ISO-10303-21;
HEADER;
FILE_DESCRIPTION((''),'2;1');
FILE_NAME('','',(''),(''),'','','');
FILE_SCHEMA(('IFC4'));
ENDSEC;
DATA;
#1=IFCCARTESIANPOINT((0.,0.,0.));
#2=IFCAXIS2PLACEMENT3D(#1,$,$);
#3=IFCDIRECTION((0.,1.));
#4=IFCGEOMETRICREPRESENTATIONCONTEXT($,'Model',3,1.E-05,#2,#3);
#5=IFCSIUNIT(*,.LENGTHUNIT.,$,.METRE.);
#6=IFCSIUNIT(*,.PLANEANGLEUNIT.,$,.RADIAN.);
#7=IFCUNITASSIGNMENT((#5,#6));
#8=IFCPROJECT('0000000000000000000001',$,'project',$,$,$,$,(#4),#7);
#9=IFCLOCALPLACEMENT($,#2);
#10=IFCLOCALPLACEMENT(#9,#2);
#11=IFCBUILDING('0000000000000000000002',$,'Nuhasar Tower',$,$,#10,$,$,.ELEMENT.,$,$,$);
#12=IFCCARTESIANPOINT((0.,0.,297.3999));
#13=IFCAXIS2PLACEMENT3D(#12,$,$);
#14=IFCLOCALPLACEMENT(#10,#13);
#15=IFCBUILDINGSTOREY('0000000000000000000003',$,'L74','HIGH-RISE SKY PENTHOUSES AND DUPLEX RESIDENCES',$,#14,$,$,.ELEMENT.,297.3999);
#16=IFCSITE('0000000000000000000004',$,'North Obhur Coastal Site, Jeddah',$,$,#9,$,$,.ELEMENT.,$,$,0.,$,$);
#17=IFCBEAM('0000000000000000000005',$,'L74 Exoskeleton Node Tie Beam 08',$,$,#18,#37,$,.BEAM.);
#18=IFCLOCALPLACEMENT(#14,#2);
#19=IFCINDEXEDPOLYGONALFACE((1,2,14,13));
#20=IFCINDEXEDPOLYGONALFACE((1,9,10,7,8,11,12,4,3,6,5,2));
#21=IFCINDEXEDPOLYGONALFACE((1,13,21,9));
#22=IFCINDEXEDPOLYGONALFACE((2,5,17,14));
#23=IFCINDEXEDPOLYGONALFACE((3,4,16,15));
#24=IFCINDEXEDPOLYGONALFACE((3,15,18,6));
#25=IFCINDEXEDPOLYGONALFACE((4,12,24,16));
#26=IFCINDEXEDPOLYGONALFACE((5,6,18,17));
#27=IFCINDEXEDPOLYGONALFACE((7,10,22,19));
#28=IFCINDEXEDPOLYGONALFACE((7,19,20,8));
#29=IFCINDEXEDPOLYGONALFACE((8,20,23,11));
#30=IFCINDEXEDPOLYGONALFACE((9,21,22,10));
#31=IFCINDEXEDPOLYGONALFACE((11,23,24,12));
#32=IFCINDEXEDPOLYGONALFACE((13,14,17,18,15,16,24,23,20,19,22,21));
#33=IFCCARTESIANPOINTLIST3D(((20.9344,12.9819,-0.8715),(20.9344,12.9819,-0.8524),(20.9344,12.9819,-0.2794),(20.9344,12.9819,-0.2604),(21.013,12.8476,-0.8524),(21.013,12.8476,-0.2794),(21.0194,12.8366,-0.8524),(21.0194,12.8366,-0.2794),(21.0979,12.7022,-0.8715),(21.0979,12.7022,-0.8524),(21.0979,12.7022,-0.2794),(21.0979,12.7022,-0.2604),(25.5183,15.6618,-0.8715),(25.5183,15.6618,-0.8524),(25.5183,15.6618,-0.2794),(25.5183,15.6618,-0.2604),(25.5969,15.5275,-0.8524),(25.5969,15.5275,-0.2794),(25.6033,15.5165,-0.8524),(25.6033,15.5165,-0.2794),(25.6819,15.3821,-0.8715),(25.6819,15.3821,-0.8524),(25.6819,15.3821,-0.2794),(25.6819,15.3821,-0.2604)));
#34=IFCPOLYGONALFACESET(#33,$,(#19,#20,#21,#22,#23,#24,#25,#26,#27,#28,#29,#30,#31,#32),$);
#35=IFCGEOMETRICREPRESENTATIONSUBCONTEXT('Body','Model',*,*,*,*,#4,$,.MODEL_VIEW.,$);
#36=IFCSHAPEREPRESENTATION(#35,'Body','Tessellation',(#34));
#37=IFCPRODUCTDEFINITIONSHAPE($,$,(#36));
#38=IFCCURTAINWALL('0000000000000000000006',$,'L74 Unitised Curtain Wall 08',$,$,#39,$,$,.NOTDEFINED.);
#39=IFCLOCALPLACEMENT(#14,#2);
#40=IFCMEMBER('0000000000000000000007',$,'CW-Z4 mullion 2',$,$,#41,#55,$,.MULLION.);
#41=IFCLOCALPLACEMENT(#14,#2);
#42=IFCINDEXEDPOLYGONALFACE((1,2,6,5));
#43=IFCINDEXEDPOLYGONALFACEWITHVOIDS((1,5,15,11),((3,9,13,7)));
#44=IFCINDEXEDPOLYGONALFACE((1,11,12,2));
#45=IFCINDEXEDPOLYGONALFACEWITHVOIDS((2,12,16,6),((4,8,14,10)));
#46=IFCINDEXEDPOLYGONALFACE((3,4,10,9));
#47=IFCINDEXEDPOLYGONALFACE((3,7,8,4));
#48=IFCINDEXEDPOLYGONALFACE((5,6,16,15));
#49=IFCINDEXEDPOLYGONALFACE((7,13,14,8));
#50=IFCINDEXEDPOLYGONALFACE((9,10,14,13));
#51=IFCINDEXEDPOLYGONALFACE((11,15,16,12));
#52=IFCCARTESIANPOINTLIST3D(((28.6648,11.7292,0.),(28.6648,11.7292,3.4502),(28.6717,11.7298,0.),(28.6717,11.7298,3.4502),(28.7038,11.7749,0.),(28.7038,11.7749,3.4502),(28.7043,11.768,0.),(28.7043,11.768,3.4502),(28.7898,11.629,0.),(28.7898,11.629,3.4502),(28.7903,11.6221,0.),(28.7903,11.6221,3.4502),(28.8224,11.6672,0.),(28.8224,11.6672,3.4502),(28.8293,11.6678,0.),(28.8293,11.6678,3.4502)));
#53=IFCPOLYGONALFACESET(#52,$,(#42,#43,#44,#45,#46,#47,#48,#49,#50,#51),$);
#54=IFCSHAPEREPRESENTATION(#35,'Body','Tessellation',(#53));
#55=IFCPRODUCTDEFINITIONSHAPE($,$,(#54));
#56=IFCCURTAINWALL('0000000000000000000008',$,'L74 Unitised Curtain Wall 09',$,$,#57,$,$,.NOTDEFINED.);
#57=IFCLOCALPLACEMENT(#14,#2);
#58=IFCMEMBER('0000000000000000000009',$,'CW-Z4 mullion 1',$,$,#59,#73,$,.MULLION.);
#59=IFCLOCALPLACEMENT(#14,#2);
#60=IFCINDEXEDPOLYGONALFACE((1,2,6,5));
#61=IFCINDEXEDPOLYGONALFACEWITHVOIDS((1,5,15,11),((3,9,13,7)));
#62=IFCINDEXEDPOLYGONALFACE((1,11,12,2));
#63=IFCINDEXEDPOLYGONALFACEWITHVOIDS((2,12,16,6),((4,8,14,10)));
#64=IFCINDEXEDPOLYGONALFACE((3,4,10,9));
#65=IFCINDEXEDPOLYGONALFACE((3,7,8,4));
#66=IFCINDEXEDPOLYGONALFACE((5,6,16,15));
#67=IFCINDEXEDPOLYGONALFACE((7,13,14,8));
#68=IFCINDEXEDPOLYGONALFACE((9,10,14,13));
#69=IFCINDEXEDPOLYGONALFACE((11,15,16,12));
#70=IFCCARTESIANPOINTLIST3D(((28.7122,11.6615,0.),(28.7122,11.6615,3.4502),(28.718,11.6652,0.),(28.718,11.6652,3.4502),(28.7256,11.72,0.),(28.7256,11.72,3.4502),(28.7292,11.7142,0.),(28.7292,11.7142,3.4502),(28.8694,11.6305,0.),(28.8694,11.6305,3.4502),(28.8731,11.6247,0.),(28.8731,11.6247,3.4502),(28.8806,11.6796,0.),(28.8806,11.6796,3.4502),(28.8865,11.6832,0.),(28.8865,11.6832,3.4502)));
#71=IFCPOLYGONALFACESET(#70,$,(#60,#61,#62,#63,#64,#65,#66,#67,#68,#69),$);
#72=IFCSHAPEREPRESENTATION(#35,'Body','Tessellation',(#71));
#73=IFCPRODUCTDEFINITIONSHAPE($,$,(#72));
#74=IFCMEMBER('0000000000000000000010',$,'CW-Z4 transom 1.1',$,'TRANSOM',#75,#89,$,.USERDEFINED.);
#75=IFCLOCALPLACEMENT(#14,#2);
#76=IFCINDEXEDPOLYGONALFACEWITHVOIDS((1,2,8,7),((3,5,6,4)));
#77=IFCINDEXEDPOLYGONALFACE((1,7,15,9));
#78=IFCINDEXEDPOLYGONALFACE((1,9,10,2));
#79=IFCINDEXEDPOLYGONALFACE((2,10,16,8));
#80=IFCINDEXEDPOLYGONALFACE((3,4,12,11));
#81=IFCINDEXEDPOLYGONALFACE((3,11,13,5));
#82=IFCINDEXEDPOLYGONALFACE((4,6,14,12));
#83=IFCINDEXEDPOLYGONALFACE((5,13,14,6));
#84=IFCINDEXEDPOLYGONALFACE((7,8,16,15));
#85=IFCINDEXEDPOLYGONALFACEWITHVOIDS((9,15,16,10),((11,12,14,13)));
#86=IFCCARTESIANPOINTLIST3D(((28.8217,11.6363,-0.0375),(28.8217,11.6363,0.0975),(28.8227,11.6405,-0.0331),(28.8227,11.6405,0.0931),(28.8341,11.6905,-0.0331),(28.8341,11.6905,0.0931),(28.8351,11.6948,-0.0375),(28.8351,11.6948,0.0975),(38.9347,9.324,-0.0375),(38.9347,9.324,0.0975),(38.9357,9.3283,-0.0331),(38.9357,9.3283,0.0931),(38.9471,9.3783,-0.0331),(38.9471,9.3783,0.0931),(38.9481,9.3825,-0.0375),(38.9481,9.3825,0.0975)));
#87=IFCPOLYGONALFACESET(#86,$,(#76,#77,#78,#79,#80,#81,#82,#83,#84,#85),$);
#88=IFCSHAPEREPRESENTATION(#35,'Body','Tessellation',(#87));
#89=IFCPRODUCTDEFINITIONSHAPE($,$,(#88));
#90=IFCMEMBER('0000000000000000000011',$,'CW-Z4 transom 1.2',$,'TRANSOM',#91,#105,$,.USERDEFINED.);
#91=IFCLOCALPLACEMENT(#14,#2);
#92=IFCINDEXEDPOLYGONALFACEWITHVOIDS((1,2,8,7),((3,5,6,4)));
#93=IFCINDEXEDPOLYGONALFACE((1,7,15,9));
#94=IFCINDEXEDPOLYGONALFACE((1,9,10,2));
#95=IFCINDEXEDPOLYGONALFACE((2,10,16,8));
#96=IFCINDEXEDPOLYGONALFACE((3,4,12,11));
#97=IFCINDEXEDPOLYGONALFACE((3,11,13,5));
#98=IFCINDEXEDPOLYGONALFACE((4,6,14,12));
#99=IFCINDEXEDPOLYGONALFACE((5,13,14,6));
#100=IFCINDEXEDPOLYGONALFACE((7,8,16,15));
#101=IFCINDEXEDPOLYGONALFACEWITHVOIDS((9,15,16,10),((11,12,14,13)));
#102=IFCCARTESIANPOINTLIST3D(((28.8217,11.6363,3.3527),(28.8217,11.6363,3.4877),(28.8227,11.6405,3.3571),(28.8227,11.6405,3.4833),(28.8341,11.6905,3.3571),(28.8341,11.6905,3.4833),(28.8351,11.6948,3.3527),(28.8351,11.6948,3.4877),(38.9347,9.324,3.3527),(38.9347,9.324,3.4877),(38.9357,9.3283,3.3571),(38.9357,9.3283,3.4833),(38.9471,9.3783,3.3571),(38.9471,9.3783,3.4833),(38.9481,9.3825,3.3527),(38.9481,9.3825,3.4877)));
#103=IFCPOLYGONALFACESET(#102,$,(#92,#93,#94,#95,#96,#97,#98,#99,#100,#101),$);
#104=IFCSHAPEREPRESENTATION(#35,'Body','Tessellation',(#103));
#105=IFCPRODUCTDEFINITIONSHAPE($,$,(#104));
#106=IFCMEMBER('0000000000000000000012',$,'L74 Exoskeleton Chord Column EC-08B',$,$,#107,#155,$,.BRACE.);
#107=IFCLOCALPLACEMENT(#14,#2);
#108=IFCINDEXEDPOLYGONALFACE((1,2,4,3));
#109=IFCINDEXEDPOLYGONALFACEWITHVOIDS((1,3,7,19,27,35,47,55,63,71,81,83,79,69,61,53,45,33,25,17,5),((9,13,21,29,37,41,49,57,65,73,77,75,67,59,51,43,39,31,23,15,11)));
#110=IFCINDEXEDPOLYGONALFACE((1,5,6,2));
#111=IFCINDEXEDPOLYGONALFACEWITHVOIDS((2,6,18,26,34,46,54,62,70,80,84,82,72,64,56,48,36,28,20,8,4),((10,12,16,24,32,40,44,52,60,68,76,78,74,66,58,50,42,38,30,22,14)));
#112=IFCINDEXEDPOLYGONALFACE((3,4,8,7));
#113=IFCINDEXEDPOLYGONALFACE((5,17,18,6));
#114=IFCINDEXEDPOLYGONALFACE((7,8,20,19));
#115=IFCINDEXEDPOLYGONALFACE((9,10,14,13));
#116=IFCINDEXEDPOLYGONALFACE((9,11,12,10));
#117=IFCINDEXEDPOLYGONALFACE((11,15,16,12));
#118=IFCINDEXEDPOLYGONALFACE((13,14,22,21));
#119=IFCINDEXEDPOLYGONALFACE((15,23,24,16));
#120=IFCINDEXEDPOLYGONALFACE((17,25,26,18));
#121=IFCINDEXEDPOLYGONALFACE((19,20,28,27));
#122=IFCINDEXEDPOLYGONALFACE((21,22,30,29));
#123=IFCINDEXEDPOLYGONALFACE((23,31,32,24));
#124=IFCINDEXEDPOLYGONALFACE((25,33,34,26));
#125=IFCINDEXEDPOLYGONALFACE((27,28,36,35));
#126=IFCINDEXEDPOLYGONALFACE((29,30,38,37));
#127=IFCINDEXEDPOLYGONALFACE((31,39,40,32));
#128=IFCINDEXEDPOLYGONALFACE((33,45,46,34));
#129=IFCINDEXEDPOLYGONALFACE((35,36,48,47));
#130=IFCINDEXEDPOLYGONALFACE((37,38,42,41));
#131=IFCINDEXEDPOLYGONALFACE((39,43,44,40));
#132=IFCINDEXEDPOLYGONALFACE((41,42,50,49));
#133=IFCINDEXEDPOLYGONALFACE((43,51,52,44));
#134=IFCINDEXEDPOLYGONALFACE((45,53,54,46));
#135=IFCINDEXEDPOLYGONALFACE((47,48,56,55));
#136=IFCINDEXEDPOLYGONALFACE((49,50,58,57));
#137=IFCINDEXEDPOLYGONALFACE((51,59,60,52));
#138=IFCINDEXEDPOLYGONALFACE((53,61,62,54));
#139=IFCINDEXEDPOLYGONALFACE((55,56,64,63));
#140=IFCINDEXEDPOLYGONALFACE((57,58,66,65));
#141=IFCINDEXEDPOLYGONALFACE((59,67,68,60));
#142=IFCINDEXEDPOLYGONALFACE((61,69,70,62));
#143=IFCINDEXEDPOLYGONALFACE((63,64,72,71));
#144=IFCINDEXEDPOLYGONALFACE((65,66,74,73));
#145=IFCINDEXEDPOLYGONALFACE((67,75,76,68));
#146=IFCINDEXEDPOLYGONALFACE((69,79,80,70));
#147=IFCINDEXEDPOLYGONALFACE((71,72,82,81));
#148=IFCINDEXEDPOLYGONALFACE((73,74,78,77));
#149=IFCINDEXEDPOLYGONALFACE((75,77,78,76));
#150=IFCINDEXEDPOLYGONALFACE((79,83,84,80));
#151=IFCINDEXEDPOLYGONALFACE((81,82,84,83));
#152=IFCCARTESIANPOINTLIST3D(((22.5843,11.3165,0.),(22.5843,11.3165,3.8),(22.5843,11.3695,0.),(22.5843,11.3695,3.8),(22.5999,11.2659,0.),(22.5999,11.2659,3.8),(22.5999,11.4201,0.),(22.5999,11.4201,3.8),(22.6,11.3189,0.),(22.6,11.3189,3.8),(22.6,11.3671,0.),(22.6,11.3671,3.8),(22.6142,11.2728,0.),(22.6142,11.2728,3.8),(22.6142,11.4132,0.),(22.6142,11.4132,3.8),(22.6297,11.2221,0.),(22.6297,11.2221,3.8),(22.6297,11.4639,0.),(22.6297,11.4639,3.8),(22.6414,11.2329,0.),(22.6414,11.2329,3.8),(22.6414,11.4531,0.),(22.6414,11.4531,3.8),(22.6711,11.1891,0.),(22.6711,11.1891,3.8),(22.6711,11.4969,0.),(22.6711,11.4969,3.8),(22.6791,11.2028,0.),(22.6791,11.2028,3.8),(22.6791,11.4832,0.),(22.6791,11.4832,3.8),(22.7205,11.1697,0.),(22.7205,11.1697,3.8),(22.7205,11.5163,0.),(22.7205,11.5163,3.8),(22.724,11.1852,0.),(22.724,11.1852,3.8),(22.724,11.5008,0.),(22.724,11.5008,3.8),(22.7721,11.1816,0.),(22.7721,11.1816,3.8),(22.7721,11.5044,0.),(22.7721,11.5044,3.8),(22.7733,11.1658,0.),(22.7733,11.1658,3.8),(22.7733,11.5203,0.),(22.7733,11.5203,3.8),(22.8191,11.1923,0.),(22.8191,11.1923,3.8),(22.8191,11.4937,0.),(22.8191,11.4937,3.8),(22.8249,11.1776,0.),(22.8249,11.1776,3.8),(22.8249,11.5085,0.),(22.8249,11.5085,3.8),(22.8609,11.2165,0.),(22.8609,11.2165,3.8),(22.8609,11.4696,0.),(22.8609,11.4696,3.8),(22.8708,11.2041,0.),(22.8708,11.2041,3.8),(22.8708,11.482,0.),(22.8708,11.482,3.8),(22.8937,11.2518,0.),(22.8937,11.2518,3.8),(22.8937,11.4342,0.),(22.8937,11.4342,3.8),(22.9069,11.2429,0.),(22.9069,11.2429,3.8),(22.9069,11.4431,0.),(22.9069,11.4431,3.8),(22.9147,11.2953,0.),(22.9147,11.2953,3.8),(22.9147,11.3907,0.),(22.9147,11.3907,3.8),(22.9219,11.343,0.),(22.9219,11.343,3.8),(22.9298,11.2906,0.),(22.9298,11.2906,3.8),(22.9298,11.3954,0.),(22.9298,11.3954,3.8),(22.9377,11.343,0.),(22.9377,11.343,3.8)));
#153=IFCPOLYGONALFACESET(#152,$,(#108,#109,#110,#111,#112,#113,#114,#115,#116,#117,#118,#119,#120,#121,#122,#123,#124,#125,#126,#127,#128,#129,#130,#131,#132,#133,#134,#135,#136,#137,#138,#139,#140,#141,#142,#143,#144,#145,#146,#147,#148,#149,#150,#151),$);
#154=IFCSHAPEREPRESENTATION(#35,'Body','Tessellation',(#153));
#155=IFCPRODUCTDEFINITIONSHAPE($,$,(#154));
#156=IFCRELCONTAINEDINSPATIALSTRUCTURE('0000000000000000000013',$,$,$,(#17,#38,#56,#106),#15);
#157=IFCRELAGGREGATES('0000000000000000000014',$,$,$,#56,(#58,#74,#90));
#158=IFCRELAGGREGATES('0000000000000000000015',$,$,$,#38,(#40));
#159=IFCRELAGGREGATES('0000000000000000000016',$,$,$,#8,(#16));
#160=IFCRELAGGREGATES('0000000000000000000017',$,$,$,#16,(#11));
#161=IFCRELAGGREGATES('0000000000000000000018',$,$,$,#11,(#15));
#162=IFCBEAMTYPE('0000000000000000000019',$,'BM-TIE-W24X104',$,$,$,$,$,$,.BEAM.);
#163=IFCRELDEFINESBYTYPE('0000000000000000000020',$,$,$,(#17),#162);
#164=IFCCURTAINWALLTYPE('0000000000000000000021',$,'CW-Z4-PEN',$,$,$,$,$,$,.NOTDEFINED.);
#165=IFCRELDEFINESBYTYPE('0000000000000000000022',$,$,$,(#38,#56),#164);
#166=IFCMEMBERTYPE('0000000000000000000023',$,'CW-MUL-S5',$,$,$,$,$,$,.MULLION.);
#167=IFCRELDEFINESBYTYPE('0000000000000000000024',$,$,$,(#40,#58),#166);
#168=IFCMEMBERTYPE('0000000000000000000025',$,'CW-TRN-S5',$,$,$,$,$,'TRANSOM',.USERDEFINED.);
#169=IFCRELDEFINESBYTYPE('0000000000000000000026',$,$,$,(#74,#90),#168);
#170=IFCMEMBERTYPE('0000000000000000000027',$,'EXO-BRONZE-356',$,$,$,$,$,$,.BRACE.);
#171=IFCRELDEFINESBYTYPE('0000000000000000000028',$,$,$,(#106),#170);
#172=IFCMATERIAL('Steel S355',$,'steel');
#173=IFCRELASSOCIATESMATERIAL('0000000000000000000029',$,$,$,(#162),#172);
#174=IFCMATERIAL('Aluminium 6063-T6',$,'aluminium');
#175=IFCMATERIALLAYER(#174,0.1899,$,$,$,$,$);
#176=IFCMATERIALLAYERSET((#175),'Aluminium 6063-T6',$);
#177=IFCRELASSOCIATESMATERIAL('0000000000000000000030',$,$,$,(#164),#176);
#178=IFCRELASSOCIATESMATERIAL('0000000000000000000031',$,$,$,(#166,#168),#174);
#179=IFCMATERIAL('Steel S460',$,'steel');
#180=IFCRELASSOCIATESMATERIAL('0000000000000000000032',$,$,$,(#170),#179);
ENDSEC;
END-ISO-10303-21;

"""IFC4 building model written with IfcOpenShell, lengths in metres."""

from ifc_helpers import new_model, si_unit, direction, frame, origin, origin_2d, place, context, subcontext, project, spatial, hollow_rectangle, hollow_circle, i_section, extrude, material, layer, layer_set, material_profile, profile_set, type_object, element, aggregate, save


model = new_model("IFC4")

# Units and contexts
model_context = context("Model", 3, precision=1e-05, world=origin(), true_north=direction((0.0, 1.0)))
body_context = subcontext(model_context, "Body", "Model", "MODEL_VIEW")
ifc_project = project(units=[si_unit("LENGTHUNIT", "METRE"), si_unit("PLANEANGLEUNIT", "RADIAN")], contexts=[model_context])

# Site, building, storey
site_placement = place(None, origin())
site = spatial("IfcSite", under=ifc_project, at=site_placement, Name="North Obhur Coastal Site, Jeddah", CompositionType="ELEMENT", RefElevation=0.0)
building_placement = place(site_placement, origin())
building = spatial("IfcBuilding", under=site, at=building_placement, Name="Nuhasar Tower", CompositionType="ELEMENT")
storey_placement = place(building_placement, frame((0.0, 0.0, 297.3999)))
storey = spatial("IfcBuildingStorey", under=building, at=storey_placement, Name="L74", Description="HIGH-RISE SKY PENTHOUSES AND DUPLEX RESIDENCES", CompositionType="ELEMENT", Elevation=297.3999)

# Beam
ifc_material_1 = material(Name="Steel S355", Category="steel")
ifc_material_profile_1 = material_profile(ifc_material_1, i_section(OverallWidth=0.324, OverallDepth=0.6111, WebThickness=0.0127, FlangeThickness=0.019, at=origin_2d()), Name="W24X104")
ifc_profile_set_1 = profile_set([ifc_material_profile_1], Name="Steel S355")
beam_type_1 = type_object("IfcBeamType", Name="BM-TIE-W24X104", PredefinedType="BEAM", material=ifc_profile_set_1)
beam_1_placement = place(storey_placement, frame((25.6001, 15.522, -0.5659), z_axis=(-0.863292, -0.504706, 0.0), x_axis=(0.504706, -0.863292, 0.0)))
element("IfcBeam", 1, at=beam_1_placement, inside=storey, type_object=beam_type_1, Name="L74 Exoskeleton Node Tie Beam 08", PredefinedType="BEAM", context=body_context, shape_type="SweptSolid", body=[
    extrude(i_section(OverallWidth=0.324, OverallDepth=0.6111, WebThickness=0.0127, FlangeThickness=0.019, at=origin_2d()), origin(), (0.0, 0.0, 1.0), 5.3098),
])

# Curtain wall, member
ifc_material_2 = material(Name="Aluminium 6063-T6", Category="aluminium")
ifc_layer_1 = layer(ifc_material_2, 0.1899)
ifc_layer_set_1 = layer_set([ifc_layer_1], Name="Aluminium 6063-T6")
curtain_wall_type = type_object("IfcCurtainWallType", Name="CW-Z4-PEN", PredefinedType="NOTDEFINED", material=ifc_layer_set_1)
curtain_wall_1_placement = place(storey_placement, origin())
curtain_wall_1 = element("IfcCurtainWall", 2, at=curtain_wall_1_placement, inside=storey, type_object=curtain_wall_type, Name="L74 Unitised Curtain Wall 08", PredefinedType="NOTDEFINED")
ifc_material_profile_2 = material_profile(ifc_material_2, hollow_rectangle(XDim=0.0601, YDim=0.165, WallThickness=0.0049, at=origin_2d()), Name="CWM-5")
ifc_profile_set_2 = profile_set([ifc_material_profile_2], Name="Aluminium 6063-T6")
member_type_1 = type_object("IfcMemberType", Name="CW-MUL-S5", PredefinedType="MULLION", material=ifc_profile_set_2)
member_1_placement = place(storey_placement, frame((28.7471, 11.6985, 0.0), z_axis=(0.0, 0.0, 1.0), x_axis=(0.649142, 0.760667, 0.0)))
member_1 = element("IfcMember", 3, at=member_1_placement, type_object=member_type_1, Name="CW-Z4 mullion 2", PredefinedType="MULLION", context=body_context, shape_type="SweptSolid", body=[
    extrude(hollow_rectangle(XDim=0.0601, YDim=0.165, WallThickness=0.0049, at=origin_2d()), origin(), (0.0, 0.0, 1.0), 3.4502),
])

# Curtain wall, members
curtain_wall_2_placement = place(storey_placement, origin())
curtain_wall_2 = element("IfcCurtainWall", 4, at=curtain_wall_2_placement, inside=storey, type_object=curtain_wall_type, Name="L74 Unitised Curtain Wall 09", PredefinedType="NOTDEFINED")
member_2_placement = place(storey_placement, frame((28.7993, 11.6724, 0.0), z_axis=(0.0, 0.0, 1.0), x_axis=(0.222889, 0.974844, 0.0)))
member_2 = element("IfcMember", 5, at=member_2_placement, type_object=member_type_1, Name="CW-Z4 mullion 1", PredefinedType="MULLION", context=body_context, shape_type="SweptSolid", body=[
    extrude(hollow_rectangle(XDim=0.0601, YDim=0.165, WallThickness=0.0049, at=origin_2d()), origin(), (0.0, 0.0, 1.0), 3.4502),
])
ifc_material_profile_3 = material_profile(ifc_material_2, hollow_rectangle(XDim=0.0601, YDim=0.135, WallThickness=0.0044, at=origin_2d()), Name="CWT-5")
ifc_profile_set_3 = profile_set([ifc_material_profile_3], Name="Aluminium 6063-T6")
member_type_2 = type_object("IfcMemberType", Name="CW-TRN-S5", ElementType="TRANSOM", PredefinedType="USERDEFINED", material=ifc_profile_set_3)
member_3_placement = place(storey_placement, frame((28.8284, 11.6655, 0.03), z_axis=(0.974844, -0.222889, 0.0), x_axis=(0.222889, 0.974844, 0.0)))
member_3 = element("IfcMember", 6, at=member_3_placement, type_object=member_type_2, Name="CW-Z4 transom 1.1", ObjectType="TRANSOM", PredefinedType="USERDEFINED", context=body_context, shape_type="SweptSolid", body=[
    extrude(hollow_rectangle(XDim=0.0601, YDim=0.135, WallThickness=0.0044, at=origin_2d()), origin(), (0.0, 0.0, 1.0), 10.374),
])
member_4_placement = place(storey_placement, frame((28.8284, 11.6655, 3.4202), z_axis=(0.974844, -0.222889, 0.0), x_axis=(0.222889, 0.974844, 0.0)))
member_4 = element("IfcMember", 7, at=member_4_placement, type_object=member_type_2, Name="CW-Z4 transom 1.2", ObjectType="TRANSOM", PredefinedType="USERDEFINED", context=body_context, shape_type="SweptSolid", body=[
    extrude(hollow_rectangle(XDim=0.0601, YDim=0.135, WallThickness=0.0044, at=origin_2d()), origin(), (0.0, 0.0, 1.0), 10.374),
])
aggregate(curtain_wall_2, [member_2, member_3, member_4])

# Member
ifc_material_3 = material(Name="Steel S460", Category="steel")
ifc_material_profile_4 = material_profile(ifc_material_3, hollow_circle(Radius=0.1777, WallThickness=0.0159, at=origin_2d()), Name="HSS355.6X15.9")
ifc_profile_set_4 = profile_set([ifc_material_profile_4], Name="Steel S460")
member_type_3 = type_object("IfcMemberType", Name="EXO-BRONZE-356", PredefinedType="BRACE", material=ifc_profile_set_4)
member_5_placement = place(storey_placement, frame((22.76, 11.343, 0.0), z_axis=(0.0, 0.0, 1.0), x_axis=(1.0, 0.0, 0.0)))
element("IfcMember", 8, at=member_5_placement, inside=storey, type_object=member_type_3, Name="L74 Exoskeleton Chord Column EC-08B", PredefinedType="BRACE", context=body_context, shape_type="SweptSolid", body=[
    extrude(hollow_circle(Radius=0.1777, WallThickness=0.0159, at=origin_2d()), origin(), (0.0, 0.0, 1.0), 3.8),
])

aggregate(curtain_wall_1, [member_1])

save(model, "model.ifc")
